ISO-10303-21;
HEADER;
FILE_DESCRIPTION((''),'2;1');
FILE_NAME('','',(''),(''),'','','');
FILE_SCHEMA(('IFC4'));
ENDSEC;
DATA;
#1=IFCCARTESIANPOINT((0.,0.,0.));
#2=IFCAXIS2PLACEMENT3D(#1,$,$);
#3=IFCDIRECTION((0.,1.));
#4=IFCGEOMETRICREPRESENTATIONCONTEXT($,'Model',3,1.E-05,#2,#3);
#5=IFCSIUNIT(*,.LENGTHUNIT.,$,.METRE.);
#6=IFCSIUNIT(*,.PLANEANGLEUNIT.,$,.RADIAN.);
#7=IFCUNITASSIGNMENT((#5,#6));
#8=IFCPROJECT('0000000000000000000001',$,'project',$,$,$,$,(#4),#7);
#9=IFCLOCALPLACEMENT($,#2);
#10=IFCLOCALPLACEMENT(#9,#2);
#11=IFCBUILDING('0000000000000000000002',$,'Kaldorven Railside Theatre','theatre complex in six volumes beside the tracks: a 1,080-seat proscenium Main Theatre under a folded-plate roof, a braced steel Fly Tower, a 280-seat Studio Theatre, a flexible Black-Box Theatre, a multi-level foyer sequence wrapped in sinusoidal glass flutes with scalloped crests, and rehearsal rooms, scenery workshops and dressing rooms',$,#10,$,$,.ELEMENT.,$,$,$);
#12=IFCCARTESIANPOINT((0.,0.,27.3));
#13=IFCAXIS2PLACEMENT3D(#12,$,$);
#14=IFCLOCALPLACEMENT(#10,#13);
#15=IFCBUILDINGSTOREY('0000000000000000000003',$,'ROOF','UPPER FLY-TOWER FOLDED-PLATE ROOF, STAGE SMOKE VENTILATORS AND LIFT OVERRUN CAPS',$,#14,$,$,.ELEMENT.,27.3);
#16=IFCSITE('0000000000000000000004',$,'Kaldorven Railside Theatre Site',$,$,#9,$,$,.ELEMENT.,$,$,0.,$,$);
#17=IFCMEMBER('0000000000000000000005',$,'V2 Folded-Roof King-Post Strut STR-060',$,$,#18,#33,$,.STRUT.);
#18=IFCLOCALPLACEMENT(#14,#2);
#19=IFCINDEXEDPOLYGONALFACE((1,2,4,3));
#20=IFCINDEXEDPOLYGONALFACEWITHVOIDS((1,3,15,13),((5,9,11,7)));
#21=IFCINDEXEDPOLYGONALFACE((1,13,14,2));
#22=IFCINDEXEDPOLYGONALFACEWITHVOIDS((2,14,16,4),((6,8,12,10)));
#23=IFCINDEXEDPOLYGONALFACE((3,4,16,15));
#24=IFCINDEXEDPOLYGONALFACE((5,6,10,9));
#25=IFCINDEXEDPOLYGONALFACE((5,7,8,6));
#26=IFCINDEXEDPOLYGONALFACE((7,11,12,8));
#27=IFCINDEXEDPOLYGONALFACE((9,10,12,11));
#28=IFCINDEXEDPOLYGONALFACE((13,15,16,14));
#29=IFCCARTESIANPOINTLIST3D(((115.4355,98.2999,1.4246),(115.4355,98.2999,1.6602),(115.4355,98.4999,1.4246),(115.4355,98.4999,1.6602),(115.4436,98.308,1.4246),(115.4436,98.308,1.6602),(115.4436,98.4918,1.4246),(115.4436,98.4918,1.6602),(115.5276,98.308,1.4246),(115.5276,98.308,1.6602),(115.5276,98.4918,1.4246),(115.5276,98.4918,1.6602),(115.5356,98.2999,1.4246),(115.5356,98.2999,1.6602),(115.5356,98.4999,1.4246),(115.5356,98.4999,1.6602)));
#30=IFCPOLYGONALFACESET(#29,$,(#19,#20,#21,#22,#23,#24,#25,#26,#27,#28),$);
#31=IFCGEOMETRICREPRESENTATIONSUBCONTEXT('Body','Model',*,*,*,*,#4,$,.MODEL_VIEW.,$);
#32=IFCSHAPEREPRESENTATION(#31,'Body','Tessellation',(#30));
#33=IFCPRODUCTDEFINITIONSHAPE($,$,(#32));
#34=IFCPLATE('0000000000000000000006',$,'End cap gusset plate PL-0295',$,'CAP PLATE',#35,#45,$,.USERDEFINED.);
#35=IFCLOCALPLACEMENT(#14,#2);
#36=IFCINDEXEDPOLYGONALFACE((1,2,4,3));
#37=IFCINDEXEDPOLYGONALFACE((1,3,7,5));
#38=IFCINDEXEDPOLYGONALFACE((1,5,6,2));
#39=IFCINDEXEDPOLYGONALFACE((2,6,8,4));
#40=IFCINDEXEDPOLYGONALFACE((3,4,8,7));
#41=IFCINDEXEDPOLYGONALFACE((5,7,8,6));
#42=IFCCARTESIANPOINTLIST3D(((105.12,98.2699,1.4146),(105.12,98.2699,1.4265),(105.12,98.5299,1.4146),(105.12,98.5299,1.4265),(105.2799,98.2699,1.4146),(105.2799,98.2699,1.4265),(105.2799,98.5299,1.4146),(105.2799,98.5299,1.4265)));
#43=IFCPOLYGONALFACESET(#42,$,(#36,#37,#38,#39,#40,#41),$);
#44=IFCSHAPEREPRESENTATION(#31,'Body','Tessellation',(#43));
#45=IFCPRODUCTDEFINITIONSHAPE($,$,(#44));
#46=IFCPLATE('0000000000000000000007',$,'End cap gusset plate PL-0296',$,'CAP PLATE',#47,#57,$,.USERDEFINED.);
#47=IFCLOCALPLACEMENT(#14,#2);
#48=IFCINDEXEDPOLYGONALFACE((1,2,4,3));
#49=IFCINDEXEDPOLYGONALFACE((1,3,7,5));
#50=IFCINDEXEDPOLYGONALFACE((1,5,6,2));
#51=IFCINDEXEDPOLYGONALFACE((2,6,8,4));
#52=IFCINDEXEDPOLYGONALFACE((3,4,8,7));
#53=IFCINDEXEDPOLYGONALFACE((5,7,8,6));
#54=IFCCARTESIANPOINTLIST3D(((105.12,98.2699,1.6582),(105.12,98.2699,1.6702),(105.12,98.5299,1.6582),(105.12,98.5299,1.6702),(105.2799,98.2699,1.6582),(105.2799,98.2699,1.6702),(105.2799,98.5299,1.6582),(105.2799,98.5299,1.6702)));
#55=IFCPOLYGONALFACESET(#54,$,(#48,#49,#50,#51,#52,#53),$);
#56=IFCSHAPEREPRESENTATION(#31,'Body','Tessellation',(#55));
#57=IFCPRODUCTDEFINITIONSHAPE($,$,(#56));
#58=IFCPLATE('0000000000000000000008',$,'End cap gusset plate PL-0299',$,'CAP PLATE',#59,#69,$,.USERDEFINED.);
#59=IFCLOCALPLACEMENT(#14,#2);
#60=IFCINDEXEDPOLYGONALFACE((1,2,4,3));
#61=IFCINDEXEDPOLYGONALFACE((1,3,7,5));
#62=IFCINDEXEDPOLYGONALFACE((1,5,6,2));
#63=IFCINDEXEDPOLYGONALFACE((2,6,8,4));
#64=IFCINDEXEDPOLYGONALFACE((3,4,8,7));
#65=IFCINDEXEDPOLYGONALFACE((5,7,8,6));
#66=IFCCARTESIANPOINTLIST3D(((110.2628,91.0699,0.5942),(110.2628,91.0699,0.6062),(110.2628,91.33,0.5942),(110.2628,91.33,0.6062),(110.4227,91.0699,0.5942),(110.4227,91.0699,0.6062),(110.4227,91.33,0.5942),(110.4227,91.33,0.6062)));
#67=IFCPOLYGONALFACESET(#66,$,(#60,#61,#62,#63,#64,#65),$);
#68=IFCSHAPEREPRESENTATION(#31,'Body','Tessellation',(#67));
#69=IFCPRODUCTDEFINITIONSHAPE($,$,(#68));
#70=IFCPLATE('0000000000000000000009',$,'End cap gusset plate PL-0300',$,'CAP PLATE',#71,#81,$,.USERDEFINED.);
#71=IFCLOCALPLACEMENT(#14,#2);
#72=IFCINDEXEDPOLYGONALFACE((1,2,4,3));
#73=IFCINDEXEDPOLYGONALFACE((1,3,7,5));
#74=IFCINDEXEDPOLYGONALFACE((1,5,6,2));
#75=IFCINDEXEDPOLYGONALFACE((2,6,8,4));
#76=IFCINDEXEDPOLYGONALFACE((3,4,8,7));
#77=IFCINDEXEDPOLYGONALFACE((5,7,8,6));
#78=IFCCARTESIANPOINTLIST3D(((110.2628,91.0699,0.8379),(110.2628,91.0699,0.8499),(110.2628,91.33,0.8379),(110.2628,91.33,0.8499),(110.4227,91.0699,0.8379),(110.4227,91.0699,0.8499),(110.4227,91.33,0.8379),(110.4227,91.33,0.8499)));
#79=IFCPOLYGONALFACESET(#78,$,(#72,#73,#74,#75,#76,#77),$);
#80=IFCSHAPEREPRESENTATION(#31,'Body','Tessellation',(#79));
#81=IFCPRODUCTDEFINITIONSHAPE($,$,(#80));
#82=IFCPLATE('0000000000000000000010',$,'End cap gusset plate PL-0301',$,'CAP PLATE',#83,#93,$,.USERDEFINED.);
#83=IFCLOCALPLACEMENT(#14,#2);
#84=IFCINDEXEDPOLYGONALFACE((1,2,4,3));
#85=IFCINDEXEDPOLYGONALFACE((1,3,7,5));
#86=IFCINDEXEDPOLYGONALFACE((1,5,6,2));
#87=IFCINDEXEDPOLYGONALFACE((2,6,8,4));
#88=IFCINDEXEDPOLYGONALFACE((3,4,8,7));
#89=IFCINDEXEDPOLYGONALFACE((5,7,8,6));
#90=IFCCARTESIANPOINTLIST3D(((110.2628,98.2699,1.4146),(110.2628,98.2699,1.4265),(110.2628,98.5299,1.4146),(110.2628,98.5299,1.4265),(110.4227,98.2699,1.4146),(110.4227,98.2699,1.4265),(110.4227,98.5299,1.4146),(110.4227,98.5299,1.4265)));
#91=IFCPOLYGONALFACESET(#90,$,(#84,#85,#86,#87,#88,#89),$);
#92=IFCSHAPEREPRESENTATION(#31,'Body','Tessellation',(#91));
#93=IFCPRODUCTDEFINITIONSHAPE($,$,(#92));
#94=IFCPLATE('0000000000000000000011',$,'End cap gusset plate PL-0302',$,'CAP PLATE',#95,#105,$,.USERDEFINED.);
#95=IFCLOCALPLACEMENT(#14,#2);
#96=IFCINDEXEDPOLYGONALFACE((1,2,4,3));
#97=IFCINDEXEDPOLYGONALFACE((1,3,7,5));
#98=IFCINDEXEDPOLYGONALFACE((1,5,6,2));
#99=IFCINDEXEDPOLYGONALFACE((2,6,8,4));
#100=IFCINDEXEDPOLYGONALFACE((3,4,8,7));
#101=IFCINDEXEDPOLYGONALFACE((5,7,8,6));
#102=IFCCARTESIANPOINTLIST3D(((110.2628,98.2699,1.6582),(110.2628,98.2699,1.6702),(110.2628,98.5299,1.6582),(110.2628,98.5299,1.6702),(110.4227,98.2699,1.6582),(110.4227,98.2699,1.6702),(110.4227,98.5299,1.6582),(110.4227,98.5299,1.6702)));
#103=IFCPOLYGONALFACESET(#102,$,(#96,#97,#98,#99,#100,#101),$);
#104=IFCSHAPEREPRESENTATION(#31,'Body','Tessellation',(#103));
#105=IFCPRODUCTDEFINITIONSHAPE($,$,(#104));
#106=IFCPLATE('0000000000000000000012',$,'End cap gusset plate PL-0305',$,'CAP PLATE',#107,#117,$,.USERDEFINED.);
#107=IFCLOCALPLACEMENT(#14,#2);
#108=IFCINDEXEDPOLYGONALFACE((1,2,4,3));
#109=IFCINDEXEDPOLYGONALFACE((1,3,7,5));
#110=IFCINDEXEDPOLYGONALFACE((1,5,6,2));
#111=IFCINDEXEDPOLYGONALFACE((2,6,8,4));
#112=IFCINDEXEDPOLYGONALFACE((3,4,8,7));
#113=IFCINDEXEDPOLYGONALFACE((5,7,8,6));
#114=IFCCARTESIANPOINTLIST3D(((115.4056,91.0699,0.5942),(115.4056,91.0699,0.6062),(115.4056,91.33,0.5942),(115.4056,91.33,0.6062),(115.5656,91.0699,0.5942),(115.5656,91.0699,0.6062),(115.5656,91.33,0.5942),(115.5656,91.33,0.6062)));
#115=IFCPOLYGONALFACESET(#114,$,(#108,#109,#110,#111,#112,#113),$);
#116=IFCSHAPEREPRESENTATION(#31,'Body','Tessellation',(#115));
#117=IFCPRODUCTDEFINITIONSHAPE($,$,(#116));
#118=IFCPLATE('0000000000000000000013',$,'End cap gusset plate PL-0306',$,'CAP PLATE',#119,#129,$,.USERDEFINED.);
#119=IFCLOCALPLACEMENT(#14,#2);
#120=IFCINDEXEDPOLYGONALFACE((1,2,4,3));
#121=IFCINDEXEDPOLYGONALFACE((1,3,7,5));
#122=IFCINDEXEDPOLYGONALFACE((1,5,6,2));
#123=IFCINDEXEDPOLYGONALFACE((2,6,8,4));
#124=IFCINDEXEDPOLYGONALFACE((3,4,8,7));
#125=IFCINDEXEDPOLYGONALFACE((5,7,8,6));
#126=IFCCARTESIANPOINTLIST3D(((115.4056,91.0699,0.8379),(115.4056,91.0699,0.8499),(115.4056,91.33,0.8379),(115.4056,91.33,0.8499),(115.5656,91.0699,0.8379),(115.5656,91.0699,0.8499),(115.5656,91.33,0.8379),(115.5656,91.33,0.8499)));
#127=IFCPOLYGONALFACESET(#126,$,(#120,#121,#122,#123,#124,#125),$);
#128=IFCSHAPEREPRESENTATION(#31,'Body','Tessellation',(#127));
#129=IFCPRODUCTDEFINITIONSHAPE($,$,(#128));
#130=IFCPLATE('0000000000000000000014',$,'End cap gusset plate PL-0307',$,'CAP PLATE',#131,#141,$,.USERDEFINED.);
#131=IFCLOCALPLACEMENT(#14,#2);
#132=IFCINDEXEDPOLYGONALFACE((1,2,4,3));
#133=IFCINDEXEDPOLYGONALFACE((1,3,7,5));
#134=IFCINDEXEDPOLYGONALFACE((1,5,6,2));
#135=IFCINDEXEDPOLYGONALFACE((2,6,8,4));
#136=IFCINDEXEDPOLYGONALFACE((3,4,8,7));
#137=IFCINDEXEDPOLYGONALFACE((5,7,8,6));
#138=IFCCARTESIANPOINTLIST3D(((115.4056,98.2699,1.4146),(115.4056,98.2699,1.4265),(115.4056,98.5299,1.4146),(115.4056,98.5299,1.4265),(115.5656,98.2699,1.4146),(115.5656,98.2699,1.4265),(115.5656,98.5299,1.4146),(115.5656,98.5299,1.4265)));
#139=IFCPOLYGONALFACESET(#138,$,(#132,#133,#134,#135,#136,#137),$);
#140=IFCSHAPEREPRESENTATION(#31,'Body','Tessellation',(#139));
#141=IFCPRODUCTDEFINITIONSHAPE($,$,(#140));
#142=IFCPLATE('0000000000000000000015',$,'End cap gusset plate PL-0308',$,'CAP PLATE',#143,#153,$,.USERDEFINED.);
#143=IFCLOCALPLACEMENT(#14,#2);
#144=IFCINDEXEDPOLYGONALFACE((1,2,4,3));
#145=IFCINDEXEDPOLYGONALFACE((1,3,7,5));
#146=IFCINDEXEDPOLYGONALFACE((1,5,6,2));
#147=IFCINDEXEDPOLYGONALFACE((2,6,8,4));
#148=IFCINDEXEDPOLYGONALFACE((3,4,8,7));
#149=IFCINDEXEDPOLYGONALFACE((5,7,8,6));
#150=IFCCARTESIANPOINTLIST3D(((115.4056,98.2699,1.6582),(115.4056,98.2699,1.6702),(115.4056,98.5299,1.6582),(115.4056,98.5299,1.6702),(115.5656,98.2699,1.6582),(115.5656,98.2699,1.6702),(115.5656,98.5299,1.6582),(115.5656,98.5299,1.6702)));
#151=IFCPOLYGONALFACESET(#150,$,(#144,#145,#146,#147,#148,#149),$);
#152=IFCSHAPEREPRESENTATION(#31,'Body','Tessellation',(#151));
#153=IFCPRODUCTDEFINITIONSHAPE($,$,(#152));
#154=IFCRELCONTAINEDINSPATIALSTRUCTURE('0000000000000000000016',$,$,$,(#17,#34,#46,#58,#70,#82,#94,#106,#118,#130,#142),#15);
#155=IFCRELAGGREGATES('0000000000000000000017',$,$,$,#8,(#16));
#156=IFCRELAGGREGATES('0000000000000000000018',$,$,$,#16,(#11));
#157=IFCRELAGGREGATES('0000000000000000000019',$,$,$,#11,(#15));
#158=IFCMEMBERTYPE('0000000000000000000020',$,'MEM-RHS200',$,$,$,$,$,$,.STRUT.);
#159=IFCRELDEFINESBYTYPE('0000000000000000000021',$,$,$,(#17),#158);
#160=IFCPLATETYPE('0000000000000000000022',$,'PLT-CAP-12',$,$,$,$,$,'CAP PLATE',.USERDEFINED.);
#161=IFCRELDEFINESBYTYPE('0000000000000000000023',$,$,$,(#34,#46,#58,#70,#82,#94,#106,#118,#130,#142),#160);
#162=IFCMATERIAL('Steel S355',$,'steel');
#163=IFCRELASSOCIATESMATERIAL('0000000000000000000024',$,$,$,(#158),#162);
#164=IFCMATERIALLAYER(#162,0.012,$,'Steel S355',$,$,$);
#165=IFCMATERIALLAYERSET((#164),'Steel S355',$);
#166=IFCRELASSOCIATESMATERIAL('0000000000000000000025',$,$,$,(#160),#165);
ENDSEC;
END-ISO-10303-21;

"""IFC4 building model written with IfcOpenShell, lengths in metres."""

from ifc_helpers import new_model, si_unit, direction, frame, origin, origin_2d, place, context, subcontext, project, spatial, rectangle, hollow_rectangle, extrude, material, layer, layer_set, material_profile, profile_set, type_object, element, save


model = new_model("IFC4")

# Units and contexts
model_context = context("Model", 3, precision=1e-05, world=origin(), true_north=direction((0.0, 1.0)))
body_context = subcontext(model_context, "Body", "Model", "MODEL_VIEW")
ifc_project = project(units=[si_unit("LENGTHUNIT", "METRE"), si_unit("PLANEANGLEUNIT", "RADIAN")], contexts=[model_context])

# Site, building, storey
site_placement = place(None, origin())
site = spatial("IfcSite", under=ifc_project, at=site_placement, Name="Kaldorven Railside Theatre Site", CompositionType="ELEMENT", RefElevation=0.0)
building_placement = place(site_placement, origin())
building = spatial("IfcBuilding", under=site, at=building_placement, Name="Kaldorven Railside Theatre", Description="theatre complex in six volumes beside the tracks: a 1,080-seat proscenium Main Theatre under a folded-plate roof, a braced steel Fly Tower, a 280-seat Studio Theatre, a flexible Black-Box Theatre, a multi-level foyer sequence wrapped in sinusoidal glass flutes with scalloped crests, and rehearsal rooms, scenery workshops and dressing rooms", CompositionType="ELEMENT")
storey_placement = place(building_placement, frame((0.0, 0.0, 27.3)))
storey = spatial("IfcBuildingStorey", under=building, at=storey_placement, Name="ROOF", Description="UPPER FLY-TOWER FOLDED-PLATE ROOF, STAGE SMOKE VENTILATORS AND LIFT OVERRUN CAPS", CompositionType="ELEMENT", Elevation=27.3)

# Shared definitions
ifc_material = material(Name="Steel S355", Category="steel")

# Member
ifc_material_profile_1 = material_profile(ifc_material, hollow_rectangle(XDim=0.1001, YDim=0.2, WallThickness=0.0081, at=origin_2d()), Name="RHS 200x100x8")
ifc_profile_set_1 = profile_set([ifc_material_profile_1], Name="Steel S355")
member_type_1 = type_object("IfcMemberType", Name="MEM-RHS200", PredefinedType="STRUT", material=ifc_profile_set_1)
for number, where, z_axis, x_axis, name in (
    (1, (115.4856, 98.3999, 1.4246), (0.0, 0.0, 1.0), (1.0, 0.0, 0.0), "V2 Folded-Roof King-Post Strut STR-060"),
):
    element("IfcMember", number, at=place(storey_placement, frame(where, z_axis=z_axis, x_axis=x_axis)), inside=storey, type_object=member_type_1, Name=name, PredefinedType="STRUT", context=body_context, shape_type="SweptSolid", body=[
        extrude(hollow_rectangle(XDim=0.1001, YDim=0.2, WallThickness=0.0081, at=origin_2d()), origin(), (0.0, 0.0, 1.0), 0.2356),
    ])

# Plates
ifc_layer = layer(ifc_material, 0.012, Name="Steel S355")
ifc_layer_set = layer_set([ifc_layer], Name="Steel S355")
plate_type = type_object("IfcPlateType", Name="PLT-CAP-12", ElementType="CAP PLATE", PredefinedType="USERDEFINED", material=ifc_layer_set)
for number, where, z_axis, x_axis, name in (
    (2, (105.2, 98.3999, 1.4146), (0.0, 0.0, 1.0), (1.0, 0.0, 0.0), "End cap gusset plate PL-0295"),
    (3, (105.2, 98.3999, 1.6582), (0.0, 0.0, 1.0), (1.0, 0.0, 0.0), "End cap gusset plate PL-0296"),
    (4, (110.3428, 91.2, 0.5942), (0.0, 0.0, 1.0), (1.0, 0.0, 0.0), "End cap gusset plate PL-0299"),
    (5, (110.3428, 91.2, 0.8379), (0.0, 0.0, 1.0), (1.0, 0.0, 0.0), "End cap gusset plate PL-0300"),
    (6, (110.3428, 98.3999, 1.4146), (0.0, 0.0, 1.0), (1.0, 0.0, 0.0), "End cap gusset plate PL-0301"),
    (7, (110.3428, 98.3999, 1.6582), (0.0, 0.0, 1.0), (1.0, 0.0, 0.0), "End cap gusset plate PL-0302"),
    (8, (115.4856, 91.2, 0.5942), (0.0, 0.0, 1.0), (1.0, 0.0, 0.0), "End cap gusset plate PL-0305"),
    (9, (115.4856, 91.2, 0.8379), (0.0, 0.0, 1.0), (1.0, 0.0, 0.0), "End cap gusset plate PL-0306"),
    (10, (115.4856, 98.3999, 1.4146), (0.0, 0.0, 1.0), (1.0, 0.0, 0.0), "End cap gusset plate PL-0307"),
    (11, (115.4856, 98.3999, 1.6582), (0.0, 0.0, 1.0), (1.0, 0.0, 0.0), "End cap gusset plate PL-0308"),
):
    element("IfcPlate", number, at=place(storey_placement, frame(where, z_axis=z_axis, x_axis=x_axis)), inside=storey, type_object=plate_type, Name=name, ObjectType="CAP PLATE", PredefinedType="USERDEFINED", context=body_context, shape_type="SweptSolid", body=[
        extrude(rectangle(XDim=0.1599, YDim=0.26, at=origin_2d()), origin(), (0.0, 0.0, 1.0), 0.012),
    ])

save(model, "model.ifc")
